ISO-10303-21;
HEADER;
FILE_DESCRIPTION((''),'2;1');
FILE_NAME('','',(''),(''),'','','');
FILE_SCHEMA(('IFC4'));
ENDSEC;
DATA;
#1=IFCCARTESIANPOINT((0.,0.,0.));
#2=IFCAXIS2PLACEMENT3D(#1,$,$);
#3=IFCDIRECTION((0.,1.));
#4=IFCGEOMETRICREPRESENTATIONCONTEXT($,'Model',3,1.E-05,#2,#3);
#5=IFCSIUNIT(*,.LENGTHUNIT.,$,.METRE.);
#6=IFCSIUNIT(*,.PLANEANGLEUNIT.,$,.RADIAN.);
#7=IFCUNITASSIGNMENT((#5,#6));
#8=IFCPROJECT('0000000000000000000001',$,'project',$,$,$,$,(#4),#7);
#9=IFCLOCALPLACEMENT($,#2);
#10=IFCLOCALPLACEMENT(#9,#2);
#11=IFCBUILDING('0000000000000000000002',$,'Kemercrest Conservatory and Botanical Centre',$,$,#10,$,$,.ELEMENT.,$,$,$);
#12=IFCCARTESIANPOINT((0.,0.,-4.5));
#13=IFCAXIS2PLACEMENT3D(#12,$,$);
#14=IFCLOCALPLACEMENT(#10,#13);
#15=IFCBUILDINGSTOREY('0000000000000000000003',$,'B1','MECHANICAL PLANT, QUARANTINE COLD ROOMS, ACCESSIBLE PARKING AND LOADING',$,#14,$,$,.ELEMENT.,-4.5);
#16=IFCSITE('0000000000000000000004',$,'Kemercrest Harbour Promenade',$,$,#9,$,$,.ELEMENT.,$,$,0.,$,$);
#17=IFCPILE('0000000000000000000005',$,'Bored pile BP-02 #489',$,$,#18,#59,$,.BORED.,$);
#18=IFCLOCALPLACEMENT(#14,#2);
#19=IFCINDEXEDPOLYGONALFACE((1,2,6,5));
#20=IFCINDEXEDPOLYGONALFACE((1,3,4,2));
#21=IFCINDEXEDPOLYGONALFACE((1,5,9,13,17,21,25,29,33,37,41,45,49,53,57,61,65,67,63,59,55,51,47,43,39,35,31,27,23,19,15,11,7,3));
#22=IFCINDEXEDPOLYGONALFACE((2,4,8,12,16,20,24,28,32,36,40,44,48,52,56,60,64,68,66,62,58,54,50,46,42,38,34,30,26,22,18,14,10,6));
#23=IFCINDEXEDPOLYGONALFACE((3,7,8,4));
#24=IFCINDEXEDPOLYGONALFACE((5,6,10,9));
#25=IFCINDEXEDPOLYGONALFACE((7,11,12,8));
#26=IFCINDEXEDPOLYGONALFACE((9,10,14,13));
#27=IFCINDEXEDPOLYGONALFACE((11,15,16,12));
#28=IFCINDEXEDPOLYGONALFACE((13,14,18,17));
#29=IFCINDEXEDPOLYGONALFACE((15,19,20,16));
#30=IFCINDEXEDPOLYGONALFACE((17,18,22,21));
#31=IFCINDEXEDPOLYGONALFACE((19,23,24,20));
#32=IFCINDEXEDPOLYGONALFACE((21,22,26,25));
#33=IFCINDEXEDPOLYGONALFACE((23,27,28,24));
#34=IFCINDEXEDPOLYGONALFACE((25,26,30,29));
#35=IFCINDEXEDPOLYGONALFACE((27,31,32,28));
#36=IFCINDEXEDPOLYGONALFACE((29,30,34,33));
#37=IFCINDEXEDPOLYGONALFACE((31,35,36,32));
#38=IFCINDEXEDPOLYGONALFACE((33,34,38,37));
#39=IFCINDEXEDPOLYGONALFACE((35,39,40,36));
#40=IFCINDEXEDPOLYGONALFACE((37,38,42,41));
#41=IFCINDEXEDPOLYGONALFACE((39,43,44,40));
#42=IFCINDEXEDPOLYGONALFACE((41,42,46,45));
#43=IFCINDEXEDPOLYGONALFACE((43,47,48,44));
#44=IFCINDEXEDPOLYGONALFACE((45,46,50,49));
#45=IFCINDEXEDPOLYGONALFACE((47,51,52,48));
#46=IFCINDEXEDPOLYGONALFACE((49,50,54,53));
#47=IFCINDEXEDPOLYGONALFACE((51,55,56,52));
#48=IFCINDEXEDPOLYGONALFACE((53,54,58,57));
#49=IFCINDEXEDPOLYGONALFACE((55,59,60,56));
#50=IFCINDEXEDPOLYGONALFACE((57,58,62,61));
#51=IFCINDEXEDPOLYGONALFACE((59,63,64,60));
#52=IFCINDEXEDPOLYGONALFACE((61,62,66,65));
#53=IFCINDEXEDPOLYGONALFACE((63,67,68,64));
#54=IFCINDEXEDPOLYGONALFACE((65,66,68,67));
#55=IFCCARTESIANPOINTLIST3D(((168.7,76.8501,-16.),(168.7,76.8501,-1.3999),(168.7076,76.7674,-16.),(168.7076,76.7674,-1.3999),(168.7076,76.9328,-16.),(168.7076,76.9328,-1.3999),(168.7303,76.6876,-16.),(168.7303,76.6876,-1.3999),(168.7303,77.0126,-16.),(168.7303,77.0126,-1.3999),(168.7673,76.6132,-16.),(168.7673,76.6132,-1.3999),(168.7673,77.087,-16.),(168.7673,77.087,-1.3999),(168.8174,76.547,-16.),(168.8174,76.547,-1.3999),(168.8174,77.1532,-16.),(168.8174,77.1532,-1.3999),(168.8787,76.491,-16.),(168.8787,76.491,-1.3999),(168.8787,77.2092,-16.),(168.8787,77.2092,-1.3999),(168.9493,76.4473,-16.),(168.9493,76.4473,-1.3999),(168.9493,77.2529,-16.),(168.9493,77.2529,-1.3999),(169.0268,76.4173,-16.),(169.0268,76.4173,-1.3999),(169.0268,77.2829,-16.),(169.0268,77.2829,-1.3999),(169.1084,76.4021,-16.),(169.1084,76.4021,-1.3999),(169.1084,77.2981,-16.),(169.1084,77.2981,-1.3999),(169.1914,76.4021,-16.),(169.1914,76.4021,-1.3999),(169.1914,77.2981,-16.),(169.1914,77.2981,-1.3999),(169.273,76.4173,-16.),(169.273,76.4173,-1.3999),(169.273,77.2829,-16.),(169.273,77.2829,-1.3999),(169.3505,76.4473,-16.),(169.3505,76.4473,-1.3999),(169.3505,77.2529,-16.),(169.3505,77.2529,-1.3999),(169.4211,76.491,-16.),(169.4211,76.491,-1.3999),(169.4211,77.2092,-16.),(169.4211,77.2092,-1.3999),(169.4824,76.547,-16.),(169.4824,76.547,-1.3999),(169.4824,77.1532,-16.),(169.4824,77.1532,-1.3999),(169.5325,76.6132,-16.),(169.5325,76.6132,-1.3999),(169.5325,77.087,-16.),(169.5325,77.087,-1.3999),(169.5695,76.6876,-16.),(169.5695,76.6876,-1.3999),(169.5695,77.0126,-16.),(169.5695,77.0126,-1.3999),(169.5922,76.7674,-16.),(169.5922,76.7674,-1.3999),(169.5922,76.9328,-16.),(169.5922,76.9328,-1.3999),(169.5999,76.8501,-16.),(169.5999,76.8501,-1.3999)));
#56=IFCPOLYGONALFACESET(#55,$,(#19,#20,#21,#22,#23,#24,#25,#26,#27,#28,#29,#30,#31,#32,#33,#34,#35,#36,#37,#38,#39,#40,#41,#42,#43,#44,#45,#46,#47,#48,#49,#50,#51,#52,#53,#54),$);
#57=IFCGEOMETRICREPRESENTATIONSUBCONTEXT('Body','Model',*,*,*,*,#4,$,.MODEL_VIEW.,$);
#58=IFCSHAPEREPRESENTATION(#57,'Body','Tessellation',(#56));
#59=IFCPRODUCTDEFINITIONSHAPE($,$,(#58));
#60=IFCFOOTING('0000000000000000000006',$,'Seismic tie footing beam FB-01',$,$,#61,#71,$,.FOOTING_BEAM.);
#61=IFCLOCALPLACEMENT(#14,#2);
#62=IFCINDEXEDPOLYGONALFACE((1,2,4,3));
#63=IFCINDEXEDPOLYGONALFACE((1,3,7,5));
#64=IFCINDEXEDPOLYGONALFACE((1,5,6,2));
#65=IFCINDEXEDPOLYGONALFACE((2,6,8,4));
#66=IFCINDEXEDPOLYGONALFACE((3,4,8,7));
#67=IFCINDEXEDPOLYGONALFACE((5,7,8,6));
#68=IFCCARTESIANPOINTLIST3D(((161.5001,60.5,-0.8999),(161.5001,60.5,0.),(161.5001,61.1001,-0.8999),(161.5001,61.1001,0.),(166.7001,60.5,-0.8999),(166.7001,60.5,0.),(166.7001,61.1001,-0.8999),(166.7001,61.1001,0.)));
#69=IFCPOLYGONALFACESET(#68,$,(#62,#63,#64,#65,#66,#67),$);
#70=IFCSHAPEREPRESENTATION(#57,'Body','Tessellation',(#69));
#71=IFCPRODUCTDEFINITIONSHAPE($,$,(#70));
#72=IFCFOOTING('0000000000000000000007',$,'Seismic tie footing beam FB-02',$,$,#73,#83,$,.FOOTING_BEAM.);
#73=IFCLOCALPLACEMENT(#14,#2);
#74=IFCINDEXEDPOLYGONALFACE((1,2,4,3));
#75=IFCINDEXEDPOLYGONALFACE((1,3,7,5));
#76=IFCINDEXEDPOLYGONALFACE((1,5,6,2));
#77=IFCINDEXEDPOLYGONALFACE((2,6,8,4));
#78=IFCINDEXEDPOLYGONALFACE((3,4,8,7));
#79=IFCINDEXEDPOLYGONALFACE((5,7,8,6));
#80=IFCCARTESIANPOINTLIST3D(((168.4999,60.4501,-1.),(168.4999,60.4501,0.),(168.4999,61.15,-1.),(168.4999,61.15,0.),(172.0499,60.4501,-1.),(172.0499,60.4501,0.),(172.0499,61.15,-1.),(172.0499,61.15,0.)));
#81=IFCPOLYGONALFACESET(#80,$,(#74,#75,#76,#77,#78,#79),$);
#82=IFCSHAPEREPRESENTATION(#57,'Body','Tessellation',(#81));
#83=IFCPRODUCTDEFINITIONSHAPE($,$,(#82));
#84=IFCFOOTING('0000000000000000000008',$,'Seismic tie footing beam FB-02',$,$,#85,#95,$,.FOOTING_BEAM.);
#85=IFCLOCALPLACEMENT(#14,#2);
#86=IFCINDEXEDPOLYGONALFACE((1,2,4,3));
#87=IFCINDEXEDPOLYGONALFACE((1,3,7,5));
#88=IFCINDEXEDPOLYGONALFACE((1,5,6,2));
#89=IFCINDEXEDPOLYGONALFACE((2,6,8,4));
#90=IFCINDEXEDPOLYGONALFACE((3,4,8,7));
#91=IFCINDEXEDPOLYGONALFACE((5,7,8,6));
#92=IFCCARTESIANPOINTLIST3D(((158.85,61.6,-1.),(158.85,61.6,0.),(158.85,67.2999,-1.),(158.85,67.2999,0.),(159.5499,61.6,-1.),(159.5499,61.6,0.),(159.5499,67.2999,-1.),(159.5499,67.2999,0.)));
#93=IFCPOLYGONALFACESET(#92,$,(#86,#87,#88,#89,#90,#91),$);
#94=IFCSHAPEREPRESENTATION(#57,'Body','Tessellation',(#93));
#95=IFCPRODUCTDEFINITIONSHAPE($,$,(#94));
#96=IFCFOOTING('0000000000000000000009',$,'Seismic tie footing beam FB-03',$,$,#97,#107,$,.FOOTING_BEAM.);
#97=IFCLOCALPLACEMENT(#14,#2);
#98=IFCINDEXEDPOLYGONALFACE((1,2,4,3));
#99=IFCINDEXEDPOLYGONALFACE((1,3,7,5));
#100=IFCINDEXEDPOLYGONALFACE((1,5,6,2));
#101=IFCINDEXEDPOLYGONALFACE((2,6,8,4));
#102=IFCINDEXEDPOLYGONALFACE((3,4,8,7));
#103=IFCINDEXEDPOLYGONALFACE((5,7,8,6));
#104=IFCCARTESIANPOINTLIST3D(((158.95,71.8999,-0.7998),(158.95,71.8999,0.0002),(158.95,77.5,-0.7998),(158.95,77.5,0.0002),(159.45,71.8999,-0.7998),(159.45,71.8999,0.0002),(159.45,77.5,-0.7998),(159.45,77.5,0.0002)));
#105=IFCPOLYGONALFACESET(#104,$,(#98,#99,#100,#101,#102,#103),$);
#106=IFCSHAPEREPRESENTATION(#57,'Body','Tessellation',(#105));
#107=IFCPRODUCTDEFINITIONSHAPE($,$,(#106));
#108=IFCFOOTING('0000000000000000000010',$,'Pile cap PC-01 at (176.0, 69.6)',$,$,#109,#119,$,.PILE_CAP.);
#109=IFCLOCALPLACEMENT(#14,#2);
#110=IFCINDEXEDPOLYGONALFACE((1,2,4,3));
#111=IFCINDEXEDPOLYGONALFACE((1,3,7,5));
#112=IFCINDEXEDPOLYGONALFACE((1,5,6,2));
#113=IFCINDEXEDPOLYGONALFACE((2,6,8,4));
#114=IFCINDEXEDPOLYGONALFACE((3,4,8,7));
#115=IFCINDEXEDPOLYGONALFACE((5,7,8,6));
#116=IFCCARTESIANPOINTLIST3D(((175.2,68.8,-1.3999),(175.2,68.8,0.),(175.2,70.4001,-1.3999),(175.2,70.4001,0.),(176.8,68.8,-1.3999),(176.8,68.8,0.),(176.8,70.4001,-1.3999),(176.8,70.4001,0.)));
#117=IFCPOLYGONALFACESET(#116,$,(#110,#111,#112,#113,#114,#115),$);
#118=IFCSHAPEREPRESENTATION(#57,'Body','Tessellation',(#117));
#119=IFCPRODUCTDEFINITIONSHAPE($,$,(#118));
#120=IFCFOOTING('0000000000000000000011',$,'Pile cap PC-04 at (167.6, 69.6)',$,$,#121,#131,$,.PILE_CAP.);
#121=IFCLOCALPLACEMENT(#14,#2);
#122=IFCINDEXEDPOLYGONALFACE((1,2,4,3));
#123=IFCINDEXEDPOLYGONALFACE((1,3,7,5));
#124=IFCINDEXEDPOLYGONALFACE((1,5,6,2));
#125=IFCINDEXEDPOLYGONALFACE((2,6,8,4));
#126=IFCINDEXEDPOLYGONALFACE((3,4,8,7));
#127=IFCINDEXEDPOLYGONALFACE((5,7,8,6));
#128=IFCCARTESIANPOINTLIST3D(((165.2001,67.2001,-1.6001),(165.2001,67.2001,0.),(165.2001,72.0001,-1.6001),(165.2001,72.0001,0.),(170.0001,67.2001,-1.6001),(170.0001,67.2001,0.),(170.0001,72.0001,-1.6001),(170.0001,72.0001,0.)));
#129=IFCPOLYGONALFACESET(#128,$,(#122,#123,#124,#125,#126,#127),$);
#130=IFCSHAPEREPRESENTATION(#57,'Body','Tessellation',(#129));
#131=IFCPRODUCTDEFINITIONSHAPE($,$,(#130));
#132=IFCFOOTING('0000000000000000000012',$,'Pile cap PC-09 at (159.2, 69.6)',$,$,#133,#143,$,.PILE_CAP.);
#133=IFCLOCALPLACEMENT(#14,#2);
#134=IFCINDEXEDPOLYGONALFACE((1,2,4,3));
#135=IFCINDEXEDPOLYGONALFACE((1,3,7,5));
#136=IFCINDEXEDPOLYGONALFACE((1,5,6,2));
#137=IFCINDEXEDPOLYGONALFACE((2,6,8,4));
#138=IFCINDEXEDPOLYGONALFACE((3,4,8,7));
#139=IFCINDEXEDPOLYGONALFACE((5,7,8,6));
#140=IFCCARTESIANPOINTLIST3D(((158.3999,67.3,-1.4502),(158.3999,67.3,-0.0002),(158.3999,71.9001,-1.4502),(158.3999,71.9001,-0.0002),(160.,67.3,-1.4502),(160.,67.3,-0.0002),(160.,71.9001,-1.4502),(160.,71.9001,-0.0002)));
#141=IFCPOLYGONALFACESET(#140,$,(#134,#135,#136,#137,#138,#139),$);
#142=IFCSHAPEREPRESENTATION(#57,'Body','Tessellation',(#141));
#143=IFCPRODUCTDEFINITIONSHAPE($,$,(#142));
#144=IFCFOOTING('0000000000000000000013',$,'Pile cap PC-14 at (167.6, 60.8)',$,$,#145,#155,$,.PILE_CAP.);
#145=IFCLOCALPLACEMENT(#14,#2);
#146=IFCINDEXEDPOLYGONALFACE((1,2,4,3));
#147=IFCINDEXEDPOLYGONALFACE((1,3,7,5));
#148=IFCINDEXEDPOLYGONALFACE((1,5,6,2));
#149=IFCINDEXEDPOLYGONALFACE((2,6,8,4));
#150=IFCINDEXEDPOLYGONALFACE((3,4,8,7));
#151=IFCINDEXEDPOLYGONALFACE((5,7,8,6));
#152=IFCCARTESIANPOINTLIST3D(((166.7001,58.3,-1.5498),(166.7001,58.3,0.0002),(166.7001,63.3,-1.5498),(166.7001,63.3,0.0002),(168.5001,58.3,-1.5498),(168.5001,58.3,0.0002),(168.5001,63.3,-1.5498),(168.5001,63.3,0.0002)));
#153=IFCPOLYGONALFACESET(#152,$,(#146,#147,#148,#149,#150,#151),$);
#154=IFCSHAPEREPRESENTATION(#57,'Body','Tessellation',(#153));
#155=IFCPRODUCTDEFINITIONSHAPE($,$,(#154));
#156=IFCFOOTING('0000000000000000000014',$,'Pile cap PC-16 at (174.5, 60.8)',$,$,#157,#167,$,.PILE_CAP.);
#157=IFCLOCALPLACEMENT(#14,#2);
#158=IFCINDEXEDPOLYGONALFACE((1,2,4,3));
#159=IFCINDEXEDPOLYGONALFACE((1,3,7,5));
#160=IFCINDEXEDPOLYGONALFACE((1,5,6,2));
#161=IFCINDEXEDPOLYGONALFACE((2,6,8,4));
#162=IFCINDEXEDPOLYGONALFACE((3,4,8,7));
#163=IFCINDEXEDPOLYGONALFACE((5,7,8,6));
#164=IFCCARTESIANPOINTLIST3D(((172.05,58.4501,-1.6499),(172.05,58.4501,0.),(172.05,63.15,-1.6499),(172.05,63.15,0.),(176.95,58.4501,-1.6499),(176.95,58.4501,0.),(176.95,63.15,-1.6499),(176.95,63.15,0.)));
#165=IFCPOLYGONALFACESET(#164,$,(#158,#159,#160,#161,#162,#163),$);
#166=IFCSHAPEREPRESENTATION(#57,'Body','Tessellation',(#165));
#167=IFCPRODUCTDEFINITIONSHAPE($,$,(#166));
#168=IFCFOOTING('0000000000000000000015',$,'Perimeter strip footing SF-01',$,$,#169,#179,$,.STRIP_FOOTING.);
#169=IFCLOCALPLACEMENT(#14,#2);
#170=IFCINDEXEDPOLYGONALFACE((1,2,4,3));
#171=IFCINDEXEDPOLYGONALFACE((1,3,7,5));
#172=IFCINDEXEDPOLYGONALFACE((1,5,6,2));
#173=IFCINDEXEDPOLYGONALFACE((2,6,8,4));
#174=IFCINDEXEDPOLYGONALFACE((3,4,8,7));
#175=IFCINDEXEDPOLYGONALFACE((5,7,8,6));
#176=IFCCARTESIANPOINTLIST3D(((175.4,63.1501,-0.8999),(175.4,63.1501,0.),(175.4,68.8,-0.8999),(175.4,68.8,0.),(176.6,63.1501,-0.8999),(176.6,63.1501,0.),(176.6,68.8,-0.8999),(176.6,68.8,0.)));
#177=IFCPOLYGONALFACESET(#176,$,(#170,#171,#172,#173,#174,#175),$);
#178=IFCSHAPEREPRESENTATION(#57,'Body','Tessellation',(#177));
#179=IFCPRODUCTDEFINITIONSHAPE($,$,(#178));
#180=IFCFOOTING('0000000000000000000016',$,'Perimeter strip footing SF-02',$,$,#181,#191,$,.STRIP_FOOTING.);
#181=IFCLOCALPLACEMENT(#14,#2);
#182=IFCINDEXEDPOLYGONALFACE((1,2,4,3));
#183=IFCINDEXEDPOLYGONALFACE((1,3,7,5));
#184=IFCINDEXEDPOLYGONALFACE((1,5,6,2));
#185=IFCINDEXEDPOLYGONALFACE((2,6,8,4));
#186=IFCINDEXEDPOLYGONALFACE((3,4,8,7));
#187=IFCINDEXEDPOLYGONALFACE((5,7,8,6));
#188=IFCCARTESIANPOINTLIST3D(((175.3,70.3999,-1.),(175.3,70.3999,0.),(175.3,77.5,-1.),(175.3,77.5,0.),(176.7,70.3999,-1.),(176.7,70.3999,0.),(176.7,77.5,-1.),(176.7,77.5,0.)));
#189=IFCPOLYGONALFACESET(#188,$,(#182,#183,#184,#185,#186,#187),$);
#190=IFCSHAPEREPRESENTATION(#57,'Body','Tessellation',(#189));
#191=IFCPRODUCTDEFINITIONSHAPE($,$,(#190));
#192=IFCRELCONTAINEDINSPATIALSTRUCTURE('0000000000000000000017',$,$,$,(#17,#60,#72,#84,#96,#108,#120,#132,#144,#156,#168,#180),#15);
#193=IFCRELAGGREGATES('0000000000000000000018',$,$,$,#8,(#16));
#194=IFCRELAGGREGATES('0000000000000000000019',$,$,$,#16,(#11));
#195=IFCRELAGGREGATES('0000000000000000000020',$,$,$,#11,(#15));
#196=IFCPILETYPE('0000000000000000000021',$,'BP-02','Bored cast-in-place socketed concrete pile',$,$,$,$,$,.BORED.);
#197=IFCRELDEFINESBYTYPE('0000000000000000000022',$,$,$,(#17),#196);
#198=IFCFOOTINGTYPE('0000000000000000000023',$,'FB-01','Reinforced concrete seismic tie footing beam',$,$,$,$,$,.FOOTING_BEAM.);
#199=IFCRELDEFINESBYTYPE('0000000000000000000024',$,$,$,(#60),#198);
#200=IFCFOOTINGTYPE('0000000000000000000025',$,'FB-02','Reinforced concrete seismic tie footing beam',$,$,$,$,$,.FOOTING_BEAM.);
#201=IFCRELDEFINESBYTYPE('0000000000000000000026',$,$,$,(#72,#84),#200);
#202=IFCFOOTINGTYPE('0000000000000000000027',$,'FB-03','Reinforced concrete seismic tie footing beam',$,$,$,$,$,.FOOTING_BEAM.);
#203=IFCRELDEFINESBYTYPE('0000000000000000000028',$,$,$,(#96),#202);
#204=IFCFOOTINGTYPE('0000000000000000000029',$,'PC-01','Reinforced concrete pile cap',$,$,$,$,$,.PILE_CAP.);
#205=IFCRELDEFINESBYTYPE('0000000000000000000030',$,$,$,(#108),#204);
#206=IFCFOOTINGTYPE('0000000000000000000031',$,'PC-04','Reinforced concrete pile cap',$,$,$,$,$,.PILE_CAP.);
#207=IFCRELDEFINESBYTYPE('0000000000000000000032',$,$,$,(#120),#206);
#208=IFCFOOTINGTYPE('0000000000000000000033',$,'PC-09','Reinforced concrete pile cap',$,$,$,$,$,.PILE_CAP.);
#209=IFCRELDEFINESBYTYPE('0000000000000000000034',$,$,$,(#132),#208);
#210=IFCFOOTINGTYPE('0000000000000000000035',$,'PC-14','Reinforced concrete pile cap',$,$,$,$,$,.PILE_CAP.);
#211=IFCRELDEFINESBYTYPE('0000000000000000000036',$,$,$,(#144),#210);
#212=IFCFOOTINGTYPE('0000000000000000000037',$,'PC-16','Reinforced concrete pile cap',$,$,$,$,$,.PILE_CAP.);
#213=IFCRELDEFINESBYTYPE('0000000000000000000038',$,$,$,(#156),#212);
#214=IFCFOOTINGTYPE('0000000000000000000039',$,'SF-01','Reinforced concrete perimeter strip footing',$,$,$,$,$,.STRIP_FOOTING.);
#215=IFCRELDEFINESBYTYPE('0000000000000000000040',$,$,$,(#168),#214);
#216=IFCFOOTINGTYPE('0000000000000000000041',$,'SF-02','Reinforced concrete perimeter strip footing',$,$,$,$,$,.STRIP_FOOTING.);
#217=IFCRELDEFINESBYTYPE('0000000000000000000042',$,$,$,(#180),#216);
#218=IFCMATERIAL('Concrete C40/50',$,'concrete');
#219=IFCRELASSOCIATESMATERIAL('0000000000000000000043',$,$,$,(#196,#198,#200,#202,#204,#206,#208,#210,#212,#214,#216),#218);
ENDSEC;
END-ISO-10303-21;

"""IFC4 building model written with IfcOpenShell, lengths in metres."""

from ifc_helpers import new_model, si_unit, direction, frame, origin, origin_2d, place, context, subcontext, project, spatial, rectangle, circle, extrude, material, material_profile, profile_set, type_object, element, save


model = new_model("IFC4")

# Units and contexts
model_context = context("Model", 3, precision=1e-05, world=origin(), true_north=direction((0.0, 1.0)))
body_context = subcontext(model_context, "Body", "Model", "MODEL_VIEW")
ifc_project = project(units=[si_unit("LENGTHUNIT", "METRE"), si_unit("PLANEANGLEUNIT", "RADIAN")], contexts=[model_context])

# Site, building, storey
site_placement = place(None, origin())
site = spatial("IfcSite", under=ifc_project, at=site_placement, Name="Kemercrest Harbour Promenade", CompositionType="ELEMENT", RefElevation=0.0)
building_placement = place(site_placement, origin())
building = spatial("IfcBuilding", under=site, at=building_placement, Name="Kemercrest Conservatory and Botanical Centre", CompositionType="ELEMENT")
storey_placement = place(building_placement, frame((0.0, 0.0, -4.5)))
storey = spatial("IfcBuildingStorey", under=building, at=storey_placement, Name="B1", Description="MECHANICAL PLANT, QUARANTINE COLD ROOMS, ACCESSIBLE PARKING AND LOADING", CompositionType="ELEMENT", Elevation=-4.5)

# Pile
ifc_material_1 = material(Name="Concrete C40/50", Category="concrete")
ifc_material_profile_1 = material_profile(ifc_material_1, circle(Radius=0.45, at=origin_2d()), Name="BORED PILE 900")
ifc_profile_set_1 = profile_set([ifc_material_profile_1], Name="Concrete C40/50")
pile_type_1 = type_object("IfcPileType", Name="BP-02", Description="Bored cast-in-place socketed concrete pile", PredefinedType="BORED", material=ifc_profile_set_1)
pile_1_placement = place(storey_placement, frame((169.1499, 76.8501, -1.3999), z_axis=(0.0, 0.0, -1.0), x_axis=(1.0, 0.0, 0.0)))
element("IfcPile", 1, at=pile_1_placement, inside=storey, type_object=pile_type_1, Name="Bored pile BP-02 #489", PredefinedType="BORED", context=body_context, shape_type="SweptSolid", body=[
    extrude(circle(Radius=0.45, at=origin_2d()), origin(), (0.0, 0.0, 1.0), 14.6001),
])

# Footings
footing_type_1 = type_object("IfcFootingType", Name="FB-01", Description="Reinforced concrete seismic tie footing beam", PredefinedType="FOOTING_BEAM", material=ifc_material_1)
footing_1_placement = place(storey_placement, frame((164.1001, 60.8, -0.8999), z_axis=(0.0, 0.0, 1.0), x_axis=(1.0, 0.0, 0.0)))
element("IfcFooting", 2, at=footing_1_placement, inside=storey, type_object=footing_type_1, Name="Seismic tie footing beam FB-01", PredefinedType="FOOTING_BEAM", context=body_context, shape_type="SweptSolid", body=[
    extrude(rectangle(XDim=5.2, YDim=0.6001, at=origin_2d()), origin(), (0.0, 0.0, 1.0), 0.8999),
])
footing_type_2 = type_object("IfcFootingType", Name="FB-02", Description="Reinforced concrete seismic tie footing beam", PredefinedType="FOOTING_BEAM", material=ifc_material_1)
footing_2_placement = place(storey_placement, frame((170.2749, 60.8, -1.0), z_axis=(0.0, 0.0, 1.0), x_axis=(1.0, 0.0, 0.0)))
element("IfcFooting", 3, at=footing_2_placement, inside=storey, type_object=footing_type_2, Name="Seismic tie footing beam FB-02", PredefinedType="FOOTING_BEAM", context=body_context, shape_type="SweptSolid", body=[
    extrude(rectangle(XDim=3.55, YDim=0.7, at=origin_2d()), origin(), (0.0, 0.0, 1.0), 1.0),
])
footing_3_placement = place(storey_placement, frame((159.2, 64.45, -1.0), z_axis=(0.0, 0.0, 1.0), x_axis=(1.0, 0.0, 0.0)))
element("IfcFooting", 4, at=footing_3_placement, inside=storey, type_object=footing_type_2, Name="Seismic tie footing beam FB-02", PredefinedType="FOOTING_BEAM", context=body_context, shape_type="SweptSolid", body=[
    extrude(rectangle(XDim=0.7, YDim=5.7, at=origin_2d()), origin(), (0.0, 0.0, 1.0), 1.0),
])
footing_type_3 = type_object("IfcFootingType", Name="FB-03", Description="Reinforced concrete seismic tie footing beam", PredefinedType="FOOTING_BEAM", material=ifc_material_1)
footing_4_placement = place(storey_placement, frame((159.2, 74.7, -0.7998), z_axis=(0.0, 0.0, 1.0), x_axis=(1.0, 0.0, 0.0)))
element("IfcFooting", 5, at=footing_4_placement, inside=storey, type_object=footing_type_3, Name="Seismic tie footing beam FB-03", PredefinedType="FOOTING_BEAM", context=body_context, shape_type="SweptSolid", body=[
    extrude(rectangle(XDim=0.5, YDim=5.6001, at=origin_2d()), origin(), (0.0, 0.0, 1.0), 0.8),
])
footing_type_4 = type_object("IfcFootingType", Name="PC-01", Description="Reinforced concrete pile cap", PredefinedType="PILE_CAP", material=ifc_material_1)
footing_5_placement = place(storey_placement, frame((176.0, 69.6001, -1.3999), z_axis=(0.0, 0.0, 1.0), x_axis=(1.0, 0.0, 0.0)))
element("IfcFooting", 6, at=footing_5_placement, inside=storey, type_object=footing_type_4, Name="Pile cap PC-01 at (176.0, 69.6)", PredefinedType="PILE_CAP", context=body_context, shape_type="SweptSolid", body=[
    extrude(rectangle(XDim=1.6001, YDim=1.6001, at=origin_2d()), origin(), (0.0, 0.0, 1.0), 1.3999),
])
footing_type_5 = type_object("IfcFootingType", Name="PC-04", Description="Reinforced concrete pile cap", PredefinedType="PILE_CAP", material=ifc_material_1)
footing_6_placement = place(storey_placement, frame((167.6001, 69.6001, -1.6001), z_axis=(0.0, 0.0, 1.0), x_axis=(1.0, 0.0, 0.0)))
element("IfcFooting", 7, at=footing_6_placement, inside=storey, type_object=footing_type_5, Name="Pile cap PC-04 at (167.6, 69.6)", PredefinedType="PILE_CAP", context=body_context, shape_type="SweptSolid", body=[
    extrude(rectangle(XDim=4.8, YDim=4.8, at=origin_2d()), origin(), (0.0, 0.0, 1.0), 1.6001),
])
footing_type_6 = type_object("IfcFootingType", Name="PC-09", Description="Reinforced concrete pile cap", PredefinedType="PILE_CAP", material=ifc_material_1)
footing_7_placement = place(storey_placement, frame((159.2, 69.6001, -1.4502), z_axis=(0.0, 0.0, 1.0), x_axis=(1.0, 0.0, 0.0)))
element("IfcFooting", 8, at=footing_7_placement, inside=storey, type_object=footing_type_6, Name="Pile cap PC-09 at (159.2, 69.6)", PredefinedType="PILE_CAP", context=body_context, shape_type="SweptSolid", body=[
    extrude(rectangle(XDim=1.6001, YDim=4.6001, at=origin_2d()), origin(), (0.0, 0.0, 1.0), 1.45),
])
footing_type_7 = type_object("IfcFootingType", Name="PC-14", Description="Reinforced concrete pile cap", PredefinedType="PILE_CAP", material=ifc_material_1)
footing_8_placement = place(storey_placement, frame((167.6001, 60.8, -1.5498), z_axis=(0.0, 0.0, 1.0), x_axis=(1.0, 0.0, 0.0)))
element("IfcFooting", 9, at=footing_8_placement, inside=storey, type_object=footing_type_7, Name="Pile cap PC-14 at (167.6, 60.8)", PredefinedType="PILE_CAP", context=body_context, shape_type="SweptSolid", body=[
    extrude(rectangle(XDim=1.8, YDim=5.0, at=origin_2d()), origin(), (0.0, 0.0, 1.0), 1.55),
])
footing_type_8 = type_object("IfcFootingType", Name="PC-16", Description="Reinforced concrete pile cap", PredefinedType="PILE_CAP", material=ifc_material_1)
footing_9_placement = place(storey_placement, frame((174.5, 60.8, -1.6499), z_axis=(0.0, 0.0, 1.0), x_axis=(1.0, 0.0, 0.0)))
element("IfcFooting", 10, at=footing_9_placement, inside=storey, type_object=footing_type_8, Name="Pile cap PC-16 at (174.5, 60.8)", PredefinedType="PILE_CAP", context=body_context, shape_type="SweptSolid", body=[
    extrude(rectangle(XDim=4.8999, YDim=4.7, at=origin_2d()), origin(), (0.0, 0.0, 1.0), 1.6499),
])
footing_type_9 = type_object("IfcFootingType", Name="SF-01", Description="Reinforced concrete perimeter strip footing", PredefinedType="STRIP_FOOTING", material=ifc_material_1)
footing_10_placement = place(storey_placement, frame((176.0, 65.9751, -0.8999), z_axis=(0.0, 0.0, 1.0), x_axis=(1.0, 0.0, 0.0)))
element("IfcFooting", 11, at=footing_10_placement, inside=storey, type_object=footing_type_9, Name="Perimeter strip footing SF-01", PredefinedType="STRIP_FOOTING", context=body_context, shape_type="SweptSolid", body=[
    extrude(rectangle(XDim=1.2, YDim=5.6499, at=origin_2d()), origin(), (0.0, 0.0, 1.0), 0.8999),
])
footing_type_10 = type_object("IfcFootingType", Name="SF-02", Description="Reinforced concrete perimeter strip footing", PredefinedType="STRIP_FOOTING", material=ifc_material_1)
footing_11_placement = place(storey_placement, frame((176.0, 73.95, -1.0), z_axis=(0.0, 0.0, 1.0), x_axis=(1.0, 0.0, 0.0)))
element("IfcFooting", 12, at=footing_11_placement, inside=storey, type_object=footing_type_10, Name="Perimeter strip footing SF-02", PredefinedType="STRIP_FOOTING", context=body_context, shape_type="SweptSolid", body=[
    extrude(rectangle(XDim=1.3999, YDim=7.1001, at=origin_2d()), origin(), (0.0, 0.0, 1.0), 1.0),
])

save(model, "model.ifc")
